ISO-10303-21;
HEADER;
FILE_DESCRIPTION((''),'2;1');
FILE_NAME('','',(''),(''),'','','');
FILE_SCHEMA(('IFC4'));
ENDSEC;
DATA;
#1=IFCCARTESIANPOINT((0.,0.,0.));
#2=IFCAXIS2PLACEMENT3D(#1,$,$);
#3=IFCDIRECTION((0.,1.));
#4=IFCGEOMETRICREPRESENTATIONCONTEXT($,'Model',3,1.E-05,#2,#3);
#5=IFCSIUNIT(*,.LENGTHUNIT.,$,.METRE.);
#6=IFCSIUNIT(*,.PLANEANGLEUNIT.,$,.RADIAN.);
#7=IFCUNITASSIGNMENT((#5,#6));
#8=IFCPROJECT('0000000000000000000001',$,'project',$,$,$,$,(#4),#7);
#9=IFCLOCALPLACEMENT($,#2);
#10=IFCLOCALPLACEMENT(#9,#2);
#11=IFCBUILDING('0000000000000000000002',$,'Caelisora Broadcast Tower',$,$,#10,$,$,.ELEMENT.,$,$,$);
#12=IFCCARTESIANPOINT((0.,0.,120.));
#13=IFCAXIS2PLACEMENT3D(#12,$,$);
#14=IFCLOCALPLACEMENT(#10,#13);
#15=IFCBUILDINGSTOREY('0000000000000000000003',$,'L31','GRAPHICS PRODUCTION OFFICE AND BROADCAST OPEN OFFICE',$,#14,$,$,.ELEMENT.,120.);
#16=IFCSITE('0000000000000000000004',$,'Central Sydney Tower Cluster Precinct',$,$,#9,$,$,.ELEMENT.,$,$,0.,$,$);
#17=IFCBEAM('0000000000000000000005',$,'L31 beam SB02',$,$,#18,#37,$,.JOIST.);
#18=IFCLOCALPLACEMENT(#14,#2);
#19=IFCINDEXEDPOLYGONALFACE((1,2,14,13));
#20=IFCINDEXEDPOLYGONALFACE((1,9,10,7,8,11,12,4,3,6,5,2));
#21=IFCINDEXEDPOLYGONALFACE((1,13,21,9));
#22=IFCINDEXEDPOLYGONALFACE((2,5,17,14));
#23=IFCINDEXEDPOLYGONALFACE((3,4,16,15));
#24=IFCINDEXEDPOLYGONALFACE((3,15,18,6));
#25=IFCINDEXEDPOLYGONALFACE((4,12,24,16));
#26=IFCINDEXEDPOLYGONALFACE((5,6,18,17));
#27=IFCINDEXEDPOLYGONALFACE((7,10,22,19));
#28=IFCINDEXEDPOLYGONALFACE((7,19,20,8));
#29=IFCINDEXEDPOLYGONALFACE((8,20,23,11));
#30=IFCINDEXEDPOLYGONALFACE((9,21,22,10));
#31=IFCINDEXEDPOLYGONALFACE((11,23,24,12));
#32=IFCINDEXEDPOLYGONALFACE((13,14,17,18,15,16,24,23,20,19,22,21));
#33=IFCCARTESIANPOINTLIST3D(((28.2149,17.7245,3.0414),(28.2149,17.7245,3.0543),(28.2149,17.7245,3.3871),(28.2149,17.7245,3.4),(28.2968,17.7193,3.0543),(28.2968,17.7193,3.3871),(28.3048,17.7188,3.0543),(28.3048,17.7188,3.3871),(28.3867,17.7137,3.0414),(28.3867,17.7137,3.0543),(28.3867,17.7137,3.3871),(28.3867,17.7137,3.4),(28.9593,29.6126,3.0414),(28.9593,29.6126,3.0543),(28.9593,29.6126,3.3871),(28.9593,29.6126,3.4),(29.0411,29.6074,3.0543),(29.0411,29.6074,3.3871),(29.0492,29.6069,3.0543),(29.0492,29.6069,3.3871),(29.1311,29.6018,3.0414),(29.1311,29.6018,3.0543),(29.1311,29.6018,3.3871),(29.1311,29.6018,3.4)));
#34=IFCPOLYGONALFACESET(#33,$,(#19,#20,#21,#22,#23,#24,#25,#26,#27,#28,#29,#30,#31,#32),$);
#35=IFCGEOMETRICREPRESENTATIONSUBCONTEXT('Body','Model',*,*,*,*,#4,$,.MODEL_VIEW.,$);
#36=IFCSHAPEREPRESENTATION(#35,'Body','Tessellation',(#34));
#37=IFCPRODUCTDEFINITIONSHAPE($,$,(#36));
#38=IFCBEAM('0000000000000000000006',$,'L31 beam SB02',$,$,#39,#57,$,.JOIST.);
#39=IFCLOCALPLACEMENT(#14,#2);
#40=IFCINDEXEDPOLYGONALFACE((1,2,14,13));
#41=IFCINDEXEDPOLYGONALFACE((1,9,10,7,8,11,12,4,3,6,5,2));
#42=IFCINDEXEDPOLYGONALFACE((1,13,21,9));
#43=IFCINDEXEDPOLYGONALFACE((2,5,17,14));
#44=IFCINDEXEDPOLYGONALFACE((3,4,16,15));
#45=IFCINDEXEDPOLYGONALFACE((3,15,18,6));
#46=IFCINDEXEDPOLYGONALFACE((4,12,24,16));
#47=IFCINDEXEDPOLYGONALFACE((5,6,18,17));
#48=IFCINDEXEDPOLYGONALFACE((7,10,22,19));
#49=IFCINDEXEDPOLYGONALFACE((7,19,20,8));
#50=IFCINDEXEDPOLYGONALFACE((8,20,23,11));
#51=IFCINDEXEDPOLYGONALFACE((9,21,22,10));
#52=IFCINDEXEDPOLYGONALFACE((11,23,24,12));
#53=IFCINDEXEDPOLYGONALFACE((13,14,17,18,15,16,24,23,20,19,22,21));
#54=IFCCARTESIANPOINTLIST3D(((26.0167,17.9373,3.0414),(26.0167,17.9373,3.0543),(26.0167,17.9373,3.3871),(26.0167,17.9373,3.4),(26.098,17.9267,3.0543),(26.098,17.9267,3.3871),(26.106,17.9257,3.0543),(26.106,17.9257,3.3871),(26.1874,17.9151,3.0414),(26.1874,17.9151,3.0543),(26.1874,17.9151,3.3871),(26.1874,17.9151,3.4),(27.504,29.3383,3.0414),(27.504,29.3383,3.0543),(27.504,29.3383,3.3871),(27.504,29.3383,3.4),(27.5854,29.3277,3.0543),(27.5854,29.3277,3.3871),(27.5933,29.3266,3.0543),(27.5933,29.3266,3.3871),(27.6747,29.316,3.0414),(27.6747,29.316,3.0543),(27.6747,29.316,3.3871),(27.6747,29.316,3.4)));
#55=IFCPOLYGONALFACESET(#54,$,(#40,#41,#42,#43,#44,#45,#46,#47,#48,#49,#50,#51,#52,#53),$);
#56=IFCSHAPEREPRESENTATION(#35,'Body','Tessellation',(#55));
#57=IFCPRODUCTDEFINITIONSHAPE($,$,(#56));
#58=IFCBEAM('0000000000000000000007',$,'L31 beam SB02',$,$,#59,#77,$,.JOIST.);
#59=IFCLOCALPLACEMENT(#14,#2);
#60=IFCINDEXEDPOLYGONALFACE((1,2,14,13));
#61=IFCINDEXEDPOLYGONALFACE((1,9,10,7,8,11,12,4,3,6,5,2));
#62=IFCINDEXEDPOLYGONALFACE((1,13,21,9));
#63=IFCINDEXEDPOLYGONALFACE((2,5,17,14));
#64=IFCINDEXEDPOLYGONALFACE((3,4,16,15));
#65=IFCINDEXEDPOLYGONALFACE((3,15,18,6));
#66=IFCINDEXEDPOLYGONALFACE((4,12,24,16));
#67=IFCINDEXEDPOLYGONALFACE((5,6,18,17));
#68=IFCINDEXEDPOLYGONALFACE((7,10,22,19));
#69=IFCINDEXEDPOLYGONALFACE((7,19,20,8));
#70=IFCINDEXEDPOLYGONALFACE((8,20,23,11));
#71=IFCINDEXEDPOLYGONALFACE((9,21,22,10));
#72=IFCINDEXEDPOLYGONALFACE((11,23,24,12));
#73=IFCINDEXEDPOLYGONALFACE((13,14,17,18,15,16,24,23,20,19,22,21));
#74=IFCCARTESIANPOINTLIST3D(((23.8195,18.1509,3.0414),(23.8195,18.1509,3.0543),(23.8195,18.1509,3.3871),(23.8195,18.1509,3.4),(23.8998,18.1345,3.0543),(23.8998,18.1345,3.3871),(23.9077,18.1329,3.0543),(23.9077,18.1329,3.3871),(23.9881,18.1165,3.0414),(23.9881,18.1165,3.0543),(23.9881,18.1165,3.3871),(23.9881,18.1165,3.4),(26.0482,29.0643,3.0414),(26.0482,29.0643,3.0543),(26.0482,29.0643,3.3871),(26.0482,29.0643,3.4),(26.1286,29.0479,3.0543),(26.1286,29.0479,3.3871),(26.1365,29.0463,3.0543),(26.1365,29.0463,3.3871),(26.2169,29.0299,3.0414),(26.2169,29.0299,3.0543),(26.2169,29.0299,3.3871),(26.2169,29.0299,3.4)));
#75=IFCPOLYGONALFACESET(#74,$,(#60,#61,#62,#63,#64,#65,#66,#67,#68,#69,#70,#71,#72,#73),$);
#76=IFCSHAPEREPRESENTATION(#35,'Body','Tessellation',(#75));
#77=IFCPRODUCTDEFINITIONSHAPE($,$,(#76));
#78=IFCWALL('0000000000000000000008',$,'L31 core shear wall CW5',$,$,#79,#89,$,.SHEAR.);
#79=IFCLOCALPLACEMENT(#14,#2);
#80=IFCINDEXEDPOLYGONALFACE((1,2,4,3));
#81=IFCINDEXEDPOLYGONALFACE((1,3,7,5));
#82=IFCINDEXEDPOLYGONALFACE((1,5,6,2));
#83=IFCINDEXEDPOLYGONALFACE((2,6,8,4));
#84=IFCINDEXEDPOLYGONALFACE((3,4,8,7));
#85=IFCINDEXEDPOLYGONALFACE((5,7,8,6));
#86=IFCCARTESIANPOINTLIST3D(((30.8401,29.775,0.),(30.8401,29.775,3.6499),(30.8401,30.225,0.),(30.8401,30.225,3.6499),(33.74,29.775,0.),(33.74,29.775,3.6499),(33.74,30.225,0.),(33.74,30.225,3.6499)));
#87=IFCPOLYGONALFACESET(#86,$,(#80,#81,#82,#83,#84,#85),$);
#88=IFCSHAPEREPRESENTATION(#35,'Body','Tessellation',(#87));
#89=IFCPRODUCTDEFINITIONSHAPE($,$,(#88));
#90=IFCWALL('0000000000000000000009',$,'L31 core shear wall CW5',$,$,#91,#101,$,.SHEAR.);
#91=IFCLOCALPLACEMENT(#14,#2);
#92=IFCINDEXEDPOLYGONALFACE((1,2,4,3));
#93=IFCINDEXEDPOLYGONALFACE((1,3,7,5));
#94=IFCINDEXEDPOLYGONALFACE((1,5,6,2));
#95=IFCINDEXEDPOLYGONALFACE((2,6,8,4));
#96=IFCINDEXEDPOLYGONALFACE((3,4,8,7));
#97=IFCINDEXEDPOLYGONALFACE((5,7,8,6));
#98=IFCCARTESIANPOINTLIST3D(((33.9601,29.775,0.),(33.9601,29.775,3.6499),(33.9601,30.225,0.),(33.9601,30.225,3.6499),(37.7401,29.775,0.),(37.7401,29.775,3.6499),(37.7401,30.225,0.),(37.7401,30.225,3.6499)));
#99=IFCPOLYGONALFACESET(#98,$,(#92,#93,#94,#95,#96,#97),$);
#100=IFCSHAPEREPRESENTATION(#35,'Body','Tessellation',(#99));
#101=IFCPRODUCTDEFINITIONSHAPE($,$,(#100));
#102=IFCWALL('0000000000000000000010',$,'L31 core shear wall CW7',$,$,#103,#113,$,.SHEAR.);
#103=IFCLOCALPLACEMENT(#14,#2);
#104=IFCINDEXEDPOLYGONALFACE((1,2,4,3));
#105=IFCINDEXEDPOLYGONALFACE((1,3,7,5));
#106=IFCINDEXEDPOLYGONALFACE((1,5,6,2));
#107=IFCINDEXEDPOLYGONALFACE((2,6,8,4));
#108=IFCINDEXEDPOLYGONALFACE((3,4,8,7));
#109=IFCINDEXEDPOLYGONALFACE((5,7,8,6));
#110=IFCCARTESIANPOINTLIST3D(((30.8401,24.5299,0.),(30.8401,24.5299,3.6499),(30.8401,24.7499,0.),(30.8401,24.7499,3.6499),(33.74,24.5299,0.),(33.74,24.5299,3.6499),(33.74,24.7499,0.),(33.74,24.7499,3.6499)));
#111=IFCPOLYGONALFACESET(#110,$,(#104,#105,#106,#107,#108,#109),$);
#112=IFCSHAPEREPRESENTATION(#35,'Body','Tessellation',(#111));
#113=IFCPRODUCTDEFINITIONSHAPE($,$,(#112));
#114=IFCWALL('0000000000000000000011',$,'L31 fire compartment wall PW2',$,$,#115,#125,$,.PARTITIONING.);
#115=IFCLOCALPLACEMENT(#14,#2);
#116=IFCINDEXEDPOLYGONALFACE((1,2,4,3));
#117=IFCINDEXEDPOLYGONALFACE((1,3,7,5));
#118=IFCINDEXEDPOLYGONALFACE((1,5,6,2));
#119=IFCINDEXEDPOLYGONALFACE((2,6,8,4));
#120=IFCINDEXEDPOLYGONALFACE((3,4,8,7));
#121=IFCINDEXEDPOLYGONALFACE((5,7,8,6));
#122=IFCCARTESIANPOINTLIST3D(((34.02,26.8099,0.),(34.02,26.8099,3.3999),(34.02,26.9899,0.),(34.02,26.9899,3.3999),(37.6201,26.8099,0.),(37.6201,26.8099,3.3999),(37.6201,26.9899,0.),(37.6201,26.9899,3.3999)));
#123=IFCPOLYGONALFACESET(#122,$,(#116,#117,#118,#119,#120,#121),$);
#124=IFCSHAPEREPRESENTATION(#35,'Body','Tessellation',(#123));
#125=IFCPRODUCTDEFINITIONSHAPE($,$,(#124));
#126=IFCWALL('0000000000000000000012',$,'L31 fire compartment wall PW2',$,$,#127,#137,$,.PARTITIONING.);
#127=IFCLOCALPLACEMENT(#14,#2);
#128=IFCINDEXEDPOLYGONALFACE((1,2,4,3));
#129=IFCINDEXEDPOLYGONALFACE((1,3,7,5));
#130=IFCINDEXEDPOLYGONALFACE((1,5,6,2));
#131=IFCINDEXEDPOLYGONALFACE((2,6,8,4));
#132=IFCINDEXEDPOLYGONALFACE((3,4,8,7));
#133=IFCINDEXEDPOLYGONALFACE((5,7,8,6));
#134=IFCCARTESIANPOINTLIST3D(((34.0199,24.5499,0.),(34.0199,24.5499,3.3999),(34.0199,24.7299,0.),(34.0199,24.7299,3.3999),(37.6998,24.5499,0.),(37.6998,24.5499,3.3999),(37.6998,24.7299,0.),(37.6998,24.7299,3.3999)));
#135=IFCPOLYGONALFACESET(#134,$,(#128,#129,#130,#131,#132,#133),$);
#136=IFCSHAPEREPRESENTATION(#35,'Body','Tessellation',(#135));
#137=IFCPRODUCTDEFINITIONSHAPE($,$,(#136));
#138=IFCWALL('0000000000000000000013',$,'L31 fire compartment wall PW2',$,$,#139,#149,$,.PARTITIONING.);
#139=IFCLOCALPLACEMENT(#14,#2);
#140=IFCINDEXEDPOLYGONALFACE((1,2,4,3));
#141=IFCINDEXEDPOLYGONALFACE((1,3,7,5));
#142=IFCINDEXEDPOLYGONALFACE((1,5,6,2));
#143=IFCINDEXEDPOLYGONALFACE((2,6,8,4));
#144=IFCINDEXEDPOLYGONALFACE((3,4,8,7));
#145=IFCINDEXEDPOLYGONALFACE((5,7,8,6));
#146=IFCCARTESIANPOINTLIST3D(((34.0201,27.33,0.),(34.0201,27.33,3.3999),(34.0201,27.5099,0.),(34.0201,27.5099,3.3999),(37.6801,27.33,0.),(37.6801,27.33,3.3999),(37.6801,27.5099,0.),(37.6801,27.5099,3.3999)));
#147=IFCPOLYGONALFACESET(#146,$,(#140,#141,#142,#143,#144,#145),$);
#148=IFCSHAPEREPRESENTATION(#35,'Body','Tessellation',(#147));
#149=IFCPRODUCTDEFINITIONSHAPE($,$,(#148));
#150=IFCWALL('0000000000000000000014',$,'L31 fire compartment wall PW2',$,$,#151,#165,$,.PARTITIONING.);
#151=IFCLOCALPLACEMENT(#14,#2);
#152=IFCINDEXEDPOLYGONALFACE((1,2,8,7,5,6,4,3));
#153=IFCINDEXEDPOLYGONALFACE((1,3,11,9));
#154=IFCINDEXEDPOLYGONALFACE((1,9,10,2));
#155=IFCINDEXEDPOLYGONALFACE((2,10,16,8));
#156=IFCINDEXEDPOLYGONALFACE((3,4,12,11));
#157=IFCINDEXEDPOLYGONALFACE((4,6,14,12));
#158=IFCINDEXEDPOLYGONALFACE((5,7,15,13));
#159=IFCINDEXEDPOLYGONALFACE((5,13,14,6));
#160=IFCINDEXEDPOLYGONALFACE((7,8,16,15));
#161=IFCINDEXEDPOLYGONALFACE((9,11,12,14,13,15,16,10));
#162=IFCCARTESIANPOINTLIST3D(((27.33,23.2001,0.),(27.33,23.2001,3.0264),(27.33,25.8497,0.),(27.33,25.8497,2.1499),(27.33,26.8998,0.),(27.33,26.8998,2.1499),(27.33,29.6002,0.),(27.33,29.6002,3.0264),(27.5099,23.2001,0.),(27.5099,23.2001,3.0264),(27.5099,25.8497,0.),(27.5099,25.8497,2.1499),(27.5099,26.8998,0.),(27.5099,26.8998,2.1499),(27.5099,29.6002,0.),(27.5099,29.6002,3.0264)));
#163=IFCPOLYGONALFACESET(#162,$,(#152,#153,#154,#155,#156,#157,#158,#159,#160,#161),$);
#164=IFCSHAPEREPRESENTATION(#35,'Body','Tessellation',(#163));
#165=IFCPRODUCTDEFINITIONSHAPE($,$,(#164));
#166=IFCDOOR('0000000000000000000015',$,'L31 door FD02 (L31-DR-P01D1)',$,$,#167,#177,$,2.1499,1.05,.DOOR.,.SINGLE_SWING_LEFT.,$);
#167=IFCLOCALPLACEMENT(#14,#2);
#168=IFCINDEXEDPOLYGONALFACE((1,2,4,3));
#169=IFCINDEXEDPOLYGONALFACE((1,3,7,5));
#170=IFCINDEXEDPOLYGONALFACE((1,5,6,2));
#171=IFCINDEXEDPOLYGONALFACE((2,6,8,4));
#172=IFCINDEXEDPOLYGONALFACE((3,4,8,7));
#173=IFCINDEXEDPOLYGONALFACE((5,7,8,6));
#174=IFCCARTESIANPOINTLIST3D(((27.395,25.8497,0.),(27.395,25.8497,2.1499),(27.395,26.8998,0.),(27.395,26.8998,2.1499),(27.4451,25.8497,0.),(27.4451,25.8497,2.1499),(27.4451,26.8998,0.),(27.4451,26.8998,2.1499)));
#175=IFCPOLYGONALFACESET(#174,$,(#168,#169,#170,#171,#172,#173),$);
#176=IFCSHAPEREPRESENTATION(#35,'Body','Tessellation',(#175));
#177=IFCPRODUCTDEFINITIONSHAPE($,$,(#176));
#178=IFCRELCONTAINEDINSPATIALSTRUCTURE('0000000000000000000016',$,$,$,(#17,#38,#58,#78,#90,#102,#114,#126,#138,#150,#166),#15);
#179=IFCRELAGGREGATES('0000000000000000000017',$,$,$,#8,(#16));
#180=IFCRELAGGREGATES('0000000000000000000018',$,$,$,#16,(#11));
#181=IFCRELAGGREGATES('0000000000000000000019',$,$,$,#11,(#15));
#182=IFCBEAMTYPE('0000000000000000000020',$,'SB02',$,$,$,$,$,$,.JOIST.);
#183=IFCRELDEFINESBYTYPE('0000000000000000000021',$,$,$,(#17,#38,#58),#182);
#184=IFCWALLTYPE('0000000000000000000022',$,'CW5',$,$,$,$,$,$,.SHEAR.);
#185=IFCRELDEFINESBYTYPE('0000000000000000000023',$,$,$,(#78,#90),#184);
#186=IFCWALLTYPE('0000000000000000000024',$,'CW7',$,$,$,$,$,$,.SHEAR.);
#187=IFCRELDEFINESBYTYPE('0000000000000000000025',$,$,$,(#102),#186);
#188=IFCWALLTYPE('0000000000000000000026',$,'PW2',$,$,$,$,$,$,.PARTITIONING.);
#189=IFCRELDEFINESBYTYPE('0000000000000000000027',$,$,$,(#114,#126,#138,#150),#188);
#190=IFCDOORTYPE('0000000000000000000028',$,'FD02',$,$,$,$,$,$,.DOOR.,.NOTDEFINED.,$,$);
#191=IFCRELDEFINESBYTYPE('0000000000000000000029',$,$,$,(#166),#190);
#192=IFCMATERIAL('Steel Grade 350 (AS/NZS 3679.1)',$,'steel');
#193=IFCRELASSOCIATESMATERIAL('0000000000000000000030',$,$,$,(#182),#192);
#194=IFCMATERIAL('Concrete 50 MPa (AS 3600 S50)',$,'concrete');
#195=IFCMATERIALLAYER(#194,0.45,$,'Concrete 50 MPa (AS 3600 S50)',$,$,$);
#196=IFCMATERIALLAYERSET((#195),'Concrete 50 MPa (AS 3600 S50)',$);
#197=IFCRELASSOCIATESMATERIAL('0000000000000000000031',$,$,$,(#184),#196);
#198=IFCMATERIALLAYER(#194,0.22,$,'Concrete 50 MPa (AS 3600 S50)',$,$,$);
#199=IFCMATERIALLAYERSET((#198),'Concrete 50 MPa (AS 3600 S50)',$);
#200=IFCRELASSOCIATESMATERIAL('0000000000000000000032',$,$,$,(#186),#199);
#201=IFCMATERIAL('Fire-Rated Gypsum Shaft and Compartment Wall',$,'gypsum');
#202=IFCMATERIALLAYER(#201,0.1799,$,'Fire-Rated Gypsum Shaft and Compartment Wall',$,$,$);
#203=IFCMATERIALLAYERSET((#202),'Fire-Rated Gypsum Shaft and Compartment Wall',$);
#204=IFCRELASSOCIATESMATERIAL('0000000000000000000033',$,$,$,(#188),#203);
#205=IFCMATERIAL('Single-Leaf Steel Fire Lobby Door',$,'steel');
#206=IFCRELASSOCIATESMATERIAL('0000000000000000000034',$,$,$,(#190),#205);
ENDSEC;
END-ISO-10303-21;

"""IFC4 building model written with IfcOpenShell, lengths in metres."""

from ifc_helpers import new_model, si_unit, direction, frame, frame_2d, origin, origin_2d, place, context, subcontext, project, spatial, rectangle, i_section, extrude, source, transform, mapped, material, layer, layer_set, material_profile, profile_set, type_object, element, fill, save


model = new_model("IFC4")

# Units and contexts
model_context = context("Model", 3, precision=1e-05, world=origin(), true_north=direction((0.0, 1.0)))
body_context = subcontext(model_context, "Body", "Model", "MODEL_VIEW")
ifc_project = project(units=[si_unit("LENGTHUNIT", "METRE"), si_unit("PLANEANGLEUNIT", "RADIAN")], contexts=[model_context])

# Site, building, storey
site_placement = place(None, origin())
site = spatial("IfcSite", under=ifc_project, at=site_placement, Name="Central Sydney Tower Cluster Precinct", CompositionType="ELEMENT", RefElevation=0.0)
building_placement = place(site_placement, origin())
building = spatial("IfcBuilding", under=site, at=building_placement, Name="Caelisora Broadcast Tower", CompositionType="ELEMENT")
storey_placement = place(building_placement, frame((0.0, 0.0, 120.0)))
storey = spatial("IfcBuildingStorey", under=building, at=storey_placement, Name="L31", Description="GRAPHICS PRODUCTION OFFICE AND BROADCAST OPEN OFFICE", CompositionType="ELEMENT", Elevation=120.0)

# Shared definitions
ifc_material_1 = material(Name="Steel Grade 350 (AS/NZS 3679.1)", Category="steel")

# Beams
ifc_material_profile_1 = material_profile(ifc_material_1, i_section(OverallWidth=0.1721, OverallDepth=0.3586, WebThickness=0.0081, FlangeThickness=0.0129, at=origin_2d()), Name="Steel Grade 350 (AS/NZS 3679.1)")
ifc_profile_set_1 = profile_set([ifc_material_profile_1], Name="Steel Grade 350 (AS/NZS 3679.1)")
beam_type_1 = type_object("IfcBeamType", Name="SB02", PredefinedType="JOIST", material=ifc_profile_set_1)
shared_shape_1 = source(origin(), body_context, "Body", "SweptSolid", [
    extrude(i_section(OverallWidth=0.1721, OverallDepth=0.3586, WebThickness=0.0081, FlangeThickness=0.0129, at=origin_2d()), origin(), (0.0, 0.0, 1.0), 11.9114),
])
beam_1_placement = place(storey_placement, frame((29.0452, 29.6072, 3.2207), z_axis=(-0.062493, -0.998045, 0.0), x_axis=(0.998045, -0.062493, 0.0)))
element("IfcBeam", 1, at=beam_1_placement, inside=storey, type_object=beam_type_1, Name="L31 beam SB02", PredefinedType="JOIST", context=body_context, shape_type="MappedRepresentation", body=[
    mapped(shared_shape_1, transform((0.0, 0.0, 0.0), scale=1.0)),
])
shared_shape_2 = source(origin(), body_context, "Body", "SweptSolid", [
    extrude(i_section(OverallWidth=0.1721, OverallDepth=0.3586, WebThickness=0.0081, FlangeThickness=0.0129, at=origin_2d()), origin(), (0.0, 0.0, 1.0), 11.4976),
])
beam_2_placement = place(storey_placement, frame((27.5894, 29.3271, 3.2207), z_axis=(-0.129359, -0.991598, 0.0), x_axis=(0.991598, -0.129359, 0.0)))
element("IfcBeam", 2, at=beam_2_placement, inside=storey, type_object=beam_type_1, Name="L31 beam SB02", PredefinedType="JOIST", context=body_context, shape_type="MappedRepresentation", body=[
    mapped(shared_shape_2, transform((0.0, 0.0, 0.0), scale=1.0)),
])
shared_shape_3 = source(origin(), body_context, "Body", "SweptSolid", [
    extrude(i_section(OverallWidth=0.1721, OverallDepth=0.3586, WebThickness=0.0081, FlangeThickness=0.0129, at=origin_2d()), origin(), (0.0, 0.0, 1.0), 11.1387),
])
beam_3_placement = place(storey_placement, frame((26.1326, 29.0471, 3.2207), z_axis=(-0.200094, -0.979777, 0.0), x_axis=(0.979777, -0.200094, 0.0)))
element("IfcBeam", 3, at=beam_3_placement, inside=storey, type_object=beam_type_1, Name="L31 beam SB02", PredefinedType="JOIST", context=body_context, shape_type="MappedRepresentation", body=[
    mapped(shared_shape_3, transform((0.0, 0.0, 0.0), scale=1.0)),
])

# Walls
ifc_material_2 = material(Name="Concrete 50 MPa (AS 3600 S50)", Category="concrete")
ifc_layer_1 = layer(ifc_material_2, 0.45, Name="Concrete 50 MPa (AS 3600 S50)")
ifc_layer_set_1 = layer_set([ifc_layer_1], Name="Concrete 50 MPa (AS 3600 S50)")
wall_type_1 = type_object("IfcWallType", Name="CW5", PredefinedType="SHEAR", material=ifc_layer_set_1)
wall_1_placement = place(storey_placement, frame((30.8401, 30.0, 0.0), z_axis=(0.0, 0.0, 1.0), x_axis=(1.0, 0.0, 0.0)))
element("IfcWall", 4, at=wall_1_placement, inside=storey, type_object=wall_type_1, Name="L31 core shear wall CW5", PredefinedType="SHEAR", context=body_context, shape_type="SweptSolid", body=[
    extrude(rectangle(XDim=2.8999, YDim=0.45, at=frame_2d((1.45, 0.0))), origin(), (0.0, 0.0, 1.0), 3.6499),
])
wall_2_placement = place(storey_placement, frame((33.96, 30.0, 0.0), z_axis=(0.0, 0.0, 1.0), x_axis=(1.0, 0.0, 0.0)))
element("IfcWall", 5, at=wall_2_placement, inside=storey, type_object=wall_type_1, Name="L31 core shear wall CW5", PredefinedType="SHEAR", context=body_context, shape_type="SweptSolid", body=[
    extrude(rectangle(XDim=3.78, YDim=0.45, at=frame_2d((1.8901, 0.0))), origin(), (0.0, 0.0, 1.0), 3.6499),
])
ifc_layer_2 = layer(ifc_material_2, 0.22, Name="Concrete 50 MPa (AS 3600 S50)")
ifc_layer_set_2 = layer_set([ifc_layer_2], Name="Concrete 50 MPa (AS 3600 S50)")
wall_type_2 = type_object("IfcWallType", Name="CW7", PredefinedType="SHEAR", material=ifc_layer_set_2)
wall_3_placement = place(storey_placement, frame((30.8401, 24.6399, 0.0), z_axis=(0.0, 0.0, 1.0), x_axis=(1.0, 0.0, 0.0)))
element("IfcWall", 6, at=wall_3_placement, inside=storey, type_object=wall_type_2, Name="L31 core shear wall CW7", PredefinedType="SHEAR", context=body_context, shape_type="SweptSolid", body=[
    extrude(rectangle(XDim=2.8999, YDim=0.22, at=frame_2d((1.45, 0.0))), origin(), (0.0, 0.0, 1.0), 3.6499),
])
ifc_material_3 = material(Name="Fire-Rated Gypsum Shaft and Compartment Wall", Category="gypsum")
ifc_layer_3 = layer(ifc_material_3, 0.1799, Name="Fire-Rated Gypsum Shaft and Compartment Wall")
ifc_layer_set_3 = layer_set([ifc_layer_3], Name="Fire-Rated Gypsum Shaft and Compartment Wall")
wall_type_3 = type_object("IfcWallType", Name="PW2", PredefinedType="PARTITIONING", material=ifc_layer_set_3)
wall_4_placement = place(storey_placement, frame((34.02, 26.8999, 0.0), z_axis=(0.0, 0.0, 1.0), x_axis=(1.0, 0.0, 0.0)))
element("IfcWall", 7, at=wall_4_placement, inside=storey, type_object=wall_type_3, Name="L31 fire compartment wall PW2", PredefinedType="PARTITIONING", context=body_context, shape_type="SweptSolid", body=[
    extrude(rectangle(XDim=3.6001, YDim=0.1799, at=frame_2d((1.8, 0.0))), origin(), (0.0, 0.0, 1.0), 3.3999),
])
wall_5_placement = place(storey_placement, frame((34.02, 24.6399, 0.0), z_axis=(0.0, 0.0, 1.0), x_axis=(1.0, 0.0, 0.0)))
element("IfcWall", 8, at=wall_5_placement, inside=storey, type_object=wall_type_3, Name="L31 fire compartment wall PW2", PredefinedType="PARTITIONING", context=body_context, shape_type="SweptSolid", body=[
    extrude(rectangle(XDim=3.6799, YDim=0.1799, at=frame_2d((1.8398, 0.0))), origin(), (0.0, 0.0, 1.0), 3.3999),
])
wall_6_placement = place(storey_placement, frame((34.02, 27.4199, 0.0), z_axis=(0.0, 0.0, 1.0), x_axis=(1.0, 0.0, 0.0)))
element("IfcWall", 9, at=wall_6_placement, inside=storey, type_object=wall_type_3, Name="L31 fire compartment wall PW2", PredefinedType="PARTITIONING", context=body_context, shape_type="SweptSolid", body=[
    extrude(rectangle(XDim=3.6599, YDim=0.1799, at=frame_2d((1.8301, 0.0))), origin(), (0.0, 0.0, 1.0), 3.3999),
])

# Wall, opening, door
wall_7_placement = place(storey_placement, frame((27.4199, 23.2, 0.0), z_axis=(0.0, 0.0, 1.0), x_axis=(0.0, 1.0, 0.0)))
wall_7 = element("IfcWall", 10, at=wall_7_placement, inside=storey, type_object=wall_type_3, Name="L31 fire compartment wall PW2", PredefinedType="PARTITIONING", context=body_context, shape_type="SweptSolid", body=[
    extrude(rectangle(XDim=6.4001, YDim=0.1799, at=frame_2d((3.2002, 0.0))), origin(), (0.0, 0.0, 1.0), 3.0264),
])
opening_placement = place(wall_7_placement, frame((2.6499, 0.0, 0.0)))
opening = element("IfcOpeningElement", 11, at=opening_placement, cuts=wall_7, PredefinedType="OPENING", context=body_context, shape_type="SweptSolid", body=[
    extrude(rectangle(XDim=1.05, YDim=2.1499, at=frame_2d((0.5249, 1.075))), frame((0.0, 0.1021, 0.0), z_axis=(0.0, -1.0, 0.0), x_axis=(1.0, 0.0, 0.0)), (0.0, 0.0, 1.0), 0.2039),
])
ifc_material_4 = material(Name="Single-Leaf Steel Fire Lobby Door", Category="steel")
door_type = type_object("IfcDoorType", Name="FD02", OperationType="NOTDEFINED", PredefinedType="DOOR", material=ifc_material_4)
door_placement = place(opening_placement, origin())
door = element("IfcDoor", 12, at=door_placement, inside=storey, type_object=door_type, Name="L31 door FD02 (L31-DR-P01D1)", OperationType="SINGLE_SWING_LEFT", OverallHeight=2.1499, OverallWidth=1.05, PredefinedType="DOOR", context=body_context, shape_type="SweptSolid", body=[
    extrude(rectangle(XDim=1.05, YDim=2.1499, at=frame_2d((0.5249, 1.075))), frame((0.0, 0.0249, 0.0), z_axis=(0.0, -1.0, 0.0), x_axis=(1.0, 0.0, 0.0)), (0.0, 0.0, 1.0), 0.05),
])
fill(opening, door)

save(model, "model.ifc")
